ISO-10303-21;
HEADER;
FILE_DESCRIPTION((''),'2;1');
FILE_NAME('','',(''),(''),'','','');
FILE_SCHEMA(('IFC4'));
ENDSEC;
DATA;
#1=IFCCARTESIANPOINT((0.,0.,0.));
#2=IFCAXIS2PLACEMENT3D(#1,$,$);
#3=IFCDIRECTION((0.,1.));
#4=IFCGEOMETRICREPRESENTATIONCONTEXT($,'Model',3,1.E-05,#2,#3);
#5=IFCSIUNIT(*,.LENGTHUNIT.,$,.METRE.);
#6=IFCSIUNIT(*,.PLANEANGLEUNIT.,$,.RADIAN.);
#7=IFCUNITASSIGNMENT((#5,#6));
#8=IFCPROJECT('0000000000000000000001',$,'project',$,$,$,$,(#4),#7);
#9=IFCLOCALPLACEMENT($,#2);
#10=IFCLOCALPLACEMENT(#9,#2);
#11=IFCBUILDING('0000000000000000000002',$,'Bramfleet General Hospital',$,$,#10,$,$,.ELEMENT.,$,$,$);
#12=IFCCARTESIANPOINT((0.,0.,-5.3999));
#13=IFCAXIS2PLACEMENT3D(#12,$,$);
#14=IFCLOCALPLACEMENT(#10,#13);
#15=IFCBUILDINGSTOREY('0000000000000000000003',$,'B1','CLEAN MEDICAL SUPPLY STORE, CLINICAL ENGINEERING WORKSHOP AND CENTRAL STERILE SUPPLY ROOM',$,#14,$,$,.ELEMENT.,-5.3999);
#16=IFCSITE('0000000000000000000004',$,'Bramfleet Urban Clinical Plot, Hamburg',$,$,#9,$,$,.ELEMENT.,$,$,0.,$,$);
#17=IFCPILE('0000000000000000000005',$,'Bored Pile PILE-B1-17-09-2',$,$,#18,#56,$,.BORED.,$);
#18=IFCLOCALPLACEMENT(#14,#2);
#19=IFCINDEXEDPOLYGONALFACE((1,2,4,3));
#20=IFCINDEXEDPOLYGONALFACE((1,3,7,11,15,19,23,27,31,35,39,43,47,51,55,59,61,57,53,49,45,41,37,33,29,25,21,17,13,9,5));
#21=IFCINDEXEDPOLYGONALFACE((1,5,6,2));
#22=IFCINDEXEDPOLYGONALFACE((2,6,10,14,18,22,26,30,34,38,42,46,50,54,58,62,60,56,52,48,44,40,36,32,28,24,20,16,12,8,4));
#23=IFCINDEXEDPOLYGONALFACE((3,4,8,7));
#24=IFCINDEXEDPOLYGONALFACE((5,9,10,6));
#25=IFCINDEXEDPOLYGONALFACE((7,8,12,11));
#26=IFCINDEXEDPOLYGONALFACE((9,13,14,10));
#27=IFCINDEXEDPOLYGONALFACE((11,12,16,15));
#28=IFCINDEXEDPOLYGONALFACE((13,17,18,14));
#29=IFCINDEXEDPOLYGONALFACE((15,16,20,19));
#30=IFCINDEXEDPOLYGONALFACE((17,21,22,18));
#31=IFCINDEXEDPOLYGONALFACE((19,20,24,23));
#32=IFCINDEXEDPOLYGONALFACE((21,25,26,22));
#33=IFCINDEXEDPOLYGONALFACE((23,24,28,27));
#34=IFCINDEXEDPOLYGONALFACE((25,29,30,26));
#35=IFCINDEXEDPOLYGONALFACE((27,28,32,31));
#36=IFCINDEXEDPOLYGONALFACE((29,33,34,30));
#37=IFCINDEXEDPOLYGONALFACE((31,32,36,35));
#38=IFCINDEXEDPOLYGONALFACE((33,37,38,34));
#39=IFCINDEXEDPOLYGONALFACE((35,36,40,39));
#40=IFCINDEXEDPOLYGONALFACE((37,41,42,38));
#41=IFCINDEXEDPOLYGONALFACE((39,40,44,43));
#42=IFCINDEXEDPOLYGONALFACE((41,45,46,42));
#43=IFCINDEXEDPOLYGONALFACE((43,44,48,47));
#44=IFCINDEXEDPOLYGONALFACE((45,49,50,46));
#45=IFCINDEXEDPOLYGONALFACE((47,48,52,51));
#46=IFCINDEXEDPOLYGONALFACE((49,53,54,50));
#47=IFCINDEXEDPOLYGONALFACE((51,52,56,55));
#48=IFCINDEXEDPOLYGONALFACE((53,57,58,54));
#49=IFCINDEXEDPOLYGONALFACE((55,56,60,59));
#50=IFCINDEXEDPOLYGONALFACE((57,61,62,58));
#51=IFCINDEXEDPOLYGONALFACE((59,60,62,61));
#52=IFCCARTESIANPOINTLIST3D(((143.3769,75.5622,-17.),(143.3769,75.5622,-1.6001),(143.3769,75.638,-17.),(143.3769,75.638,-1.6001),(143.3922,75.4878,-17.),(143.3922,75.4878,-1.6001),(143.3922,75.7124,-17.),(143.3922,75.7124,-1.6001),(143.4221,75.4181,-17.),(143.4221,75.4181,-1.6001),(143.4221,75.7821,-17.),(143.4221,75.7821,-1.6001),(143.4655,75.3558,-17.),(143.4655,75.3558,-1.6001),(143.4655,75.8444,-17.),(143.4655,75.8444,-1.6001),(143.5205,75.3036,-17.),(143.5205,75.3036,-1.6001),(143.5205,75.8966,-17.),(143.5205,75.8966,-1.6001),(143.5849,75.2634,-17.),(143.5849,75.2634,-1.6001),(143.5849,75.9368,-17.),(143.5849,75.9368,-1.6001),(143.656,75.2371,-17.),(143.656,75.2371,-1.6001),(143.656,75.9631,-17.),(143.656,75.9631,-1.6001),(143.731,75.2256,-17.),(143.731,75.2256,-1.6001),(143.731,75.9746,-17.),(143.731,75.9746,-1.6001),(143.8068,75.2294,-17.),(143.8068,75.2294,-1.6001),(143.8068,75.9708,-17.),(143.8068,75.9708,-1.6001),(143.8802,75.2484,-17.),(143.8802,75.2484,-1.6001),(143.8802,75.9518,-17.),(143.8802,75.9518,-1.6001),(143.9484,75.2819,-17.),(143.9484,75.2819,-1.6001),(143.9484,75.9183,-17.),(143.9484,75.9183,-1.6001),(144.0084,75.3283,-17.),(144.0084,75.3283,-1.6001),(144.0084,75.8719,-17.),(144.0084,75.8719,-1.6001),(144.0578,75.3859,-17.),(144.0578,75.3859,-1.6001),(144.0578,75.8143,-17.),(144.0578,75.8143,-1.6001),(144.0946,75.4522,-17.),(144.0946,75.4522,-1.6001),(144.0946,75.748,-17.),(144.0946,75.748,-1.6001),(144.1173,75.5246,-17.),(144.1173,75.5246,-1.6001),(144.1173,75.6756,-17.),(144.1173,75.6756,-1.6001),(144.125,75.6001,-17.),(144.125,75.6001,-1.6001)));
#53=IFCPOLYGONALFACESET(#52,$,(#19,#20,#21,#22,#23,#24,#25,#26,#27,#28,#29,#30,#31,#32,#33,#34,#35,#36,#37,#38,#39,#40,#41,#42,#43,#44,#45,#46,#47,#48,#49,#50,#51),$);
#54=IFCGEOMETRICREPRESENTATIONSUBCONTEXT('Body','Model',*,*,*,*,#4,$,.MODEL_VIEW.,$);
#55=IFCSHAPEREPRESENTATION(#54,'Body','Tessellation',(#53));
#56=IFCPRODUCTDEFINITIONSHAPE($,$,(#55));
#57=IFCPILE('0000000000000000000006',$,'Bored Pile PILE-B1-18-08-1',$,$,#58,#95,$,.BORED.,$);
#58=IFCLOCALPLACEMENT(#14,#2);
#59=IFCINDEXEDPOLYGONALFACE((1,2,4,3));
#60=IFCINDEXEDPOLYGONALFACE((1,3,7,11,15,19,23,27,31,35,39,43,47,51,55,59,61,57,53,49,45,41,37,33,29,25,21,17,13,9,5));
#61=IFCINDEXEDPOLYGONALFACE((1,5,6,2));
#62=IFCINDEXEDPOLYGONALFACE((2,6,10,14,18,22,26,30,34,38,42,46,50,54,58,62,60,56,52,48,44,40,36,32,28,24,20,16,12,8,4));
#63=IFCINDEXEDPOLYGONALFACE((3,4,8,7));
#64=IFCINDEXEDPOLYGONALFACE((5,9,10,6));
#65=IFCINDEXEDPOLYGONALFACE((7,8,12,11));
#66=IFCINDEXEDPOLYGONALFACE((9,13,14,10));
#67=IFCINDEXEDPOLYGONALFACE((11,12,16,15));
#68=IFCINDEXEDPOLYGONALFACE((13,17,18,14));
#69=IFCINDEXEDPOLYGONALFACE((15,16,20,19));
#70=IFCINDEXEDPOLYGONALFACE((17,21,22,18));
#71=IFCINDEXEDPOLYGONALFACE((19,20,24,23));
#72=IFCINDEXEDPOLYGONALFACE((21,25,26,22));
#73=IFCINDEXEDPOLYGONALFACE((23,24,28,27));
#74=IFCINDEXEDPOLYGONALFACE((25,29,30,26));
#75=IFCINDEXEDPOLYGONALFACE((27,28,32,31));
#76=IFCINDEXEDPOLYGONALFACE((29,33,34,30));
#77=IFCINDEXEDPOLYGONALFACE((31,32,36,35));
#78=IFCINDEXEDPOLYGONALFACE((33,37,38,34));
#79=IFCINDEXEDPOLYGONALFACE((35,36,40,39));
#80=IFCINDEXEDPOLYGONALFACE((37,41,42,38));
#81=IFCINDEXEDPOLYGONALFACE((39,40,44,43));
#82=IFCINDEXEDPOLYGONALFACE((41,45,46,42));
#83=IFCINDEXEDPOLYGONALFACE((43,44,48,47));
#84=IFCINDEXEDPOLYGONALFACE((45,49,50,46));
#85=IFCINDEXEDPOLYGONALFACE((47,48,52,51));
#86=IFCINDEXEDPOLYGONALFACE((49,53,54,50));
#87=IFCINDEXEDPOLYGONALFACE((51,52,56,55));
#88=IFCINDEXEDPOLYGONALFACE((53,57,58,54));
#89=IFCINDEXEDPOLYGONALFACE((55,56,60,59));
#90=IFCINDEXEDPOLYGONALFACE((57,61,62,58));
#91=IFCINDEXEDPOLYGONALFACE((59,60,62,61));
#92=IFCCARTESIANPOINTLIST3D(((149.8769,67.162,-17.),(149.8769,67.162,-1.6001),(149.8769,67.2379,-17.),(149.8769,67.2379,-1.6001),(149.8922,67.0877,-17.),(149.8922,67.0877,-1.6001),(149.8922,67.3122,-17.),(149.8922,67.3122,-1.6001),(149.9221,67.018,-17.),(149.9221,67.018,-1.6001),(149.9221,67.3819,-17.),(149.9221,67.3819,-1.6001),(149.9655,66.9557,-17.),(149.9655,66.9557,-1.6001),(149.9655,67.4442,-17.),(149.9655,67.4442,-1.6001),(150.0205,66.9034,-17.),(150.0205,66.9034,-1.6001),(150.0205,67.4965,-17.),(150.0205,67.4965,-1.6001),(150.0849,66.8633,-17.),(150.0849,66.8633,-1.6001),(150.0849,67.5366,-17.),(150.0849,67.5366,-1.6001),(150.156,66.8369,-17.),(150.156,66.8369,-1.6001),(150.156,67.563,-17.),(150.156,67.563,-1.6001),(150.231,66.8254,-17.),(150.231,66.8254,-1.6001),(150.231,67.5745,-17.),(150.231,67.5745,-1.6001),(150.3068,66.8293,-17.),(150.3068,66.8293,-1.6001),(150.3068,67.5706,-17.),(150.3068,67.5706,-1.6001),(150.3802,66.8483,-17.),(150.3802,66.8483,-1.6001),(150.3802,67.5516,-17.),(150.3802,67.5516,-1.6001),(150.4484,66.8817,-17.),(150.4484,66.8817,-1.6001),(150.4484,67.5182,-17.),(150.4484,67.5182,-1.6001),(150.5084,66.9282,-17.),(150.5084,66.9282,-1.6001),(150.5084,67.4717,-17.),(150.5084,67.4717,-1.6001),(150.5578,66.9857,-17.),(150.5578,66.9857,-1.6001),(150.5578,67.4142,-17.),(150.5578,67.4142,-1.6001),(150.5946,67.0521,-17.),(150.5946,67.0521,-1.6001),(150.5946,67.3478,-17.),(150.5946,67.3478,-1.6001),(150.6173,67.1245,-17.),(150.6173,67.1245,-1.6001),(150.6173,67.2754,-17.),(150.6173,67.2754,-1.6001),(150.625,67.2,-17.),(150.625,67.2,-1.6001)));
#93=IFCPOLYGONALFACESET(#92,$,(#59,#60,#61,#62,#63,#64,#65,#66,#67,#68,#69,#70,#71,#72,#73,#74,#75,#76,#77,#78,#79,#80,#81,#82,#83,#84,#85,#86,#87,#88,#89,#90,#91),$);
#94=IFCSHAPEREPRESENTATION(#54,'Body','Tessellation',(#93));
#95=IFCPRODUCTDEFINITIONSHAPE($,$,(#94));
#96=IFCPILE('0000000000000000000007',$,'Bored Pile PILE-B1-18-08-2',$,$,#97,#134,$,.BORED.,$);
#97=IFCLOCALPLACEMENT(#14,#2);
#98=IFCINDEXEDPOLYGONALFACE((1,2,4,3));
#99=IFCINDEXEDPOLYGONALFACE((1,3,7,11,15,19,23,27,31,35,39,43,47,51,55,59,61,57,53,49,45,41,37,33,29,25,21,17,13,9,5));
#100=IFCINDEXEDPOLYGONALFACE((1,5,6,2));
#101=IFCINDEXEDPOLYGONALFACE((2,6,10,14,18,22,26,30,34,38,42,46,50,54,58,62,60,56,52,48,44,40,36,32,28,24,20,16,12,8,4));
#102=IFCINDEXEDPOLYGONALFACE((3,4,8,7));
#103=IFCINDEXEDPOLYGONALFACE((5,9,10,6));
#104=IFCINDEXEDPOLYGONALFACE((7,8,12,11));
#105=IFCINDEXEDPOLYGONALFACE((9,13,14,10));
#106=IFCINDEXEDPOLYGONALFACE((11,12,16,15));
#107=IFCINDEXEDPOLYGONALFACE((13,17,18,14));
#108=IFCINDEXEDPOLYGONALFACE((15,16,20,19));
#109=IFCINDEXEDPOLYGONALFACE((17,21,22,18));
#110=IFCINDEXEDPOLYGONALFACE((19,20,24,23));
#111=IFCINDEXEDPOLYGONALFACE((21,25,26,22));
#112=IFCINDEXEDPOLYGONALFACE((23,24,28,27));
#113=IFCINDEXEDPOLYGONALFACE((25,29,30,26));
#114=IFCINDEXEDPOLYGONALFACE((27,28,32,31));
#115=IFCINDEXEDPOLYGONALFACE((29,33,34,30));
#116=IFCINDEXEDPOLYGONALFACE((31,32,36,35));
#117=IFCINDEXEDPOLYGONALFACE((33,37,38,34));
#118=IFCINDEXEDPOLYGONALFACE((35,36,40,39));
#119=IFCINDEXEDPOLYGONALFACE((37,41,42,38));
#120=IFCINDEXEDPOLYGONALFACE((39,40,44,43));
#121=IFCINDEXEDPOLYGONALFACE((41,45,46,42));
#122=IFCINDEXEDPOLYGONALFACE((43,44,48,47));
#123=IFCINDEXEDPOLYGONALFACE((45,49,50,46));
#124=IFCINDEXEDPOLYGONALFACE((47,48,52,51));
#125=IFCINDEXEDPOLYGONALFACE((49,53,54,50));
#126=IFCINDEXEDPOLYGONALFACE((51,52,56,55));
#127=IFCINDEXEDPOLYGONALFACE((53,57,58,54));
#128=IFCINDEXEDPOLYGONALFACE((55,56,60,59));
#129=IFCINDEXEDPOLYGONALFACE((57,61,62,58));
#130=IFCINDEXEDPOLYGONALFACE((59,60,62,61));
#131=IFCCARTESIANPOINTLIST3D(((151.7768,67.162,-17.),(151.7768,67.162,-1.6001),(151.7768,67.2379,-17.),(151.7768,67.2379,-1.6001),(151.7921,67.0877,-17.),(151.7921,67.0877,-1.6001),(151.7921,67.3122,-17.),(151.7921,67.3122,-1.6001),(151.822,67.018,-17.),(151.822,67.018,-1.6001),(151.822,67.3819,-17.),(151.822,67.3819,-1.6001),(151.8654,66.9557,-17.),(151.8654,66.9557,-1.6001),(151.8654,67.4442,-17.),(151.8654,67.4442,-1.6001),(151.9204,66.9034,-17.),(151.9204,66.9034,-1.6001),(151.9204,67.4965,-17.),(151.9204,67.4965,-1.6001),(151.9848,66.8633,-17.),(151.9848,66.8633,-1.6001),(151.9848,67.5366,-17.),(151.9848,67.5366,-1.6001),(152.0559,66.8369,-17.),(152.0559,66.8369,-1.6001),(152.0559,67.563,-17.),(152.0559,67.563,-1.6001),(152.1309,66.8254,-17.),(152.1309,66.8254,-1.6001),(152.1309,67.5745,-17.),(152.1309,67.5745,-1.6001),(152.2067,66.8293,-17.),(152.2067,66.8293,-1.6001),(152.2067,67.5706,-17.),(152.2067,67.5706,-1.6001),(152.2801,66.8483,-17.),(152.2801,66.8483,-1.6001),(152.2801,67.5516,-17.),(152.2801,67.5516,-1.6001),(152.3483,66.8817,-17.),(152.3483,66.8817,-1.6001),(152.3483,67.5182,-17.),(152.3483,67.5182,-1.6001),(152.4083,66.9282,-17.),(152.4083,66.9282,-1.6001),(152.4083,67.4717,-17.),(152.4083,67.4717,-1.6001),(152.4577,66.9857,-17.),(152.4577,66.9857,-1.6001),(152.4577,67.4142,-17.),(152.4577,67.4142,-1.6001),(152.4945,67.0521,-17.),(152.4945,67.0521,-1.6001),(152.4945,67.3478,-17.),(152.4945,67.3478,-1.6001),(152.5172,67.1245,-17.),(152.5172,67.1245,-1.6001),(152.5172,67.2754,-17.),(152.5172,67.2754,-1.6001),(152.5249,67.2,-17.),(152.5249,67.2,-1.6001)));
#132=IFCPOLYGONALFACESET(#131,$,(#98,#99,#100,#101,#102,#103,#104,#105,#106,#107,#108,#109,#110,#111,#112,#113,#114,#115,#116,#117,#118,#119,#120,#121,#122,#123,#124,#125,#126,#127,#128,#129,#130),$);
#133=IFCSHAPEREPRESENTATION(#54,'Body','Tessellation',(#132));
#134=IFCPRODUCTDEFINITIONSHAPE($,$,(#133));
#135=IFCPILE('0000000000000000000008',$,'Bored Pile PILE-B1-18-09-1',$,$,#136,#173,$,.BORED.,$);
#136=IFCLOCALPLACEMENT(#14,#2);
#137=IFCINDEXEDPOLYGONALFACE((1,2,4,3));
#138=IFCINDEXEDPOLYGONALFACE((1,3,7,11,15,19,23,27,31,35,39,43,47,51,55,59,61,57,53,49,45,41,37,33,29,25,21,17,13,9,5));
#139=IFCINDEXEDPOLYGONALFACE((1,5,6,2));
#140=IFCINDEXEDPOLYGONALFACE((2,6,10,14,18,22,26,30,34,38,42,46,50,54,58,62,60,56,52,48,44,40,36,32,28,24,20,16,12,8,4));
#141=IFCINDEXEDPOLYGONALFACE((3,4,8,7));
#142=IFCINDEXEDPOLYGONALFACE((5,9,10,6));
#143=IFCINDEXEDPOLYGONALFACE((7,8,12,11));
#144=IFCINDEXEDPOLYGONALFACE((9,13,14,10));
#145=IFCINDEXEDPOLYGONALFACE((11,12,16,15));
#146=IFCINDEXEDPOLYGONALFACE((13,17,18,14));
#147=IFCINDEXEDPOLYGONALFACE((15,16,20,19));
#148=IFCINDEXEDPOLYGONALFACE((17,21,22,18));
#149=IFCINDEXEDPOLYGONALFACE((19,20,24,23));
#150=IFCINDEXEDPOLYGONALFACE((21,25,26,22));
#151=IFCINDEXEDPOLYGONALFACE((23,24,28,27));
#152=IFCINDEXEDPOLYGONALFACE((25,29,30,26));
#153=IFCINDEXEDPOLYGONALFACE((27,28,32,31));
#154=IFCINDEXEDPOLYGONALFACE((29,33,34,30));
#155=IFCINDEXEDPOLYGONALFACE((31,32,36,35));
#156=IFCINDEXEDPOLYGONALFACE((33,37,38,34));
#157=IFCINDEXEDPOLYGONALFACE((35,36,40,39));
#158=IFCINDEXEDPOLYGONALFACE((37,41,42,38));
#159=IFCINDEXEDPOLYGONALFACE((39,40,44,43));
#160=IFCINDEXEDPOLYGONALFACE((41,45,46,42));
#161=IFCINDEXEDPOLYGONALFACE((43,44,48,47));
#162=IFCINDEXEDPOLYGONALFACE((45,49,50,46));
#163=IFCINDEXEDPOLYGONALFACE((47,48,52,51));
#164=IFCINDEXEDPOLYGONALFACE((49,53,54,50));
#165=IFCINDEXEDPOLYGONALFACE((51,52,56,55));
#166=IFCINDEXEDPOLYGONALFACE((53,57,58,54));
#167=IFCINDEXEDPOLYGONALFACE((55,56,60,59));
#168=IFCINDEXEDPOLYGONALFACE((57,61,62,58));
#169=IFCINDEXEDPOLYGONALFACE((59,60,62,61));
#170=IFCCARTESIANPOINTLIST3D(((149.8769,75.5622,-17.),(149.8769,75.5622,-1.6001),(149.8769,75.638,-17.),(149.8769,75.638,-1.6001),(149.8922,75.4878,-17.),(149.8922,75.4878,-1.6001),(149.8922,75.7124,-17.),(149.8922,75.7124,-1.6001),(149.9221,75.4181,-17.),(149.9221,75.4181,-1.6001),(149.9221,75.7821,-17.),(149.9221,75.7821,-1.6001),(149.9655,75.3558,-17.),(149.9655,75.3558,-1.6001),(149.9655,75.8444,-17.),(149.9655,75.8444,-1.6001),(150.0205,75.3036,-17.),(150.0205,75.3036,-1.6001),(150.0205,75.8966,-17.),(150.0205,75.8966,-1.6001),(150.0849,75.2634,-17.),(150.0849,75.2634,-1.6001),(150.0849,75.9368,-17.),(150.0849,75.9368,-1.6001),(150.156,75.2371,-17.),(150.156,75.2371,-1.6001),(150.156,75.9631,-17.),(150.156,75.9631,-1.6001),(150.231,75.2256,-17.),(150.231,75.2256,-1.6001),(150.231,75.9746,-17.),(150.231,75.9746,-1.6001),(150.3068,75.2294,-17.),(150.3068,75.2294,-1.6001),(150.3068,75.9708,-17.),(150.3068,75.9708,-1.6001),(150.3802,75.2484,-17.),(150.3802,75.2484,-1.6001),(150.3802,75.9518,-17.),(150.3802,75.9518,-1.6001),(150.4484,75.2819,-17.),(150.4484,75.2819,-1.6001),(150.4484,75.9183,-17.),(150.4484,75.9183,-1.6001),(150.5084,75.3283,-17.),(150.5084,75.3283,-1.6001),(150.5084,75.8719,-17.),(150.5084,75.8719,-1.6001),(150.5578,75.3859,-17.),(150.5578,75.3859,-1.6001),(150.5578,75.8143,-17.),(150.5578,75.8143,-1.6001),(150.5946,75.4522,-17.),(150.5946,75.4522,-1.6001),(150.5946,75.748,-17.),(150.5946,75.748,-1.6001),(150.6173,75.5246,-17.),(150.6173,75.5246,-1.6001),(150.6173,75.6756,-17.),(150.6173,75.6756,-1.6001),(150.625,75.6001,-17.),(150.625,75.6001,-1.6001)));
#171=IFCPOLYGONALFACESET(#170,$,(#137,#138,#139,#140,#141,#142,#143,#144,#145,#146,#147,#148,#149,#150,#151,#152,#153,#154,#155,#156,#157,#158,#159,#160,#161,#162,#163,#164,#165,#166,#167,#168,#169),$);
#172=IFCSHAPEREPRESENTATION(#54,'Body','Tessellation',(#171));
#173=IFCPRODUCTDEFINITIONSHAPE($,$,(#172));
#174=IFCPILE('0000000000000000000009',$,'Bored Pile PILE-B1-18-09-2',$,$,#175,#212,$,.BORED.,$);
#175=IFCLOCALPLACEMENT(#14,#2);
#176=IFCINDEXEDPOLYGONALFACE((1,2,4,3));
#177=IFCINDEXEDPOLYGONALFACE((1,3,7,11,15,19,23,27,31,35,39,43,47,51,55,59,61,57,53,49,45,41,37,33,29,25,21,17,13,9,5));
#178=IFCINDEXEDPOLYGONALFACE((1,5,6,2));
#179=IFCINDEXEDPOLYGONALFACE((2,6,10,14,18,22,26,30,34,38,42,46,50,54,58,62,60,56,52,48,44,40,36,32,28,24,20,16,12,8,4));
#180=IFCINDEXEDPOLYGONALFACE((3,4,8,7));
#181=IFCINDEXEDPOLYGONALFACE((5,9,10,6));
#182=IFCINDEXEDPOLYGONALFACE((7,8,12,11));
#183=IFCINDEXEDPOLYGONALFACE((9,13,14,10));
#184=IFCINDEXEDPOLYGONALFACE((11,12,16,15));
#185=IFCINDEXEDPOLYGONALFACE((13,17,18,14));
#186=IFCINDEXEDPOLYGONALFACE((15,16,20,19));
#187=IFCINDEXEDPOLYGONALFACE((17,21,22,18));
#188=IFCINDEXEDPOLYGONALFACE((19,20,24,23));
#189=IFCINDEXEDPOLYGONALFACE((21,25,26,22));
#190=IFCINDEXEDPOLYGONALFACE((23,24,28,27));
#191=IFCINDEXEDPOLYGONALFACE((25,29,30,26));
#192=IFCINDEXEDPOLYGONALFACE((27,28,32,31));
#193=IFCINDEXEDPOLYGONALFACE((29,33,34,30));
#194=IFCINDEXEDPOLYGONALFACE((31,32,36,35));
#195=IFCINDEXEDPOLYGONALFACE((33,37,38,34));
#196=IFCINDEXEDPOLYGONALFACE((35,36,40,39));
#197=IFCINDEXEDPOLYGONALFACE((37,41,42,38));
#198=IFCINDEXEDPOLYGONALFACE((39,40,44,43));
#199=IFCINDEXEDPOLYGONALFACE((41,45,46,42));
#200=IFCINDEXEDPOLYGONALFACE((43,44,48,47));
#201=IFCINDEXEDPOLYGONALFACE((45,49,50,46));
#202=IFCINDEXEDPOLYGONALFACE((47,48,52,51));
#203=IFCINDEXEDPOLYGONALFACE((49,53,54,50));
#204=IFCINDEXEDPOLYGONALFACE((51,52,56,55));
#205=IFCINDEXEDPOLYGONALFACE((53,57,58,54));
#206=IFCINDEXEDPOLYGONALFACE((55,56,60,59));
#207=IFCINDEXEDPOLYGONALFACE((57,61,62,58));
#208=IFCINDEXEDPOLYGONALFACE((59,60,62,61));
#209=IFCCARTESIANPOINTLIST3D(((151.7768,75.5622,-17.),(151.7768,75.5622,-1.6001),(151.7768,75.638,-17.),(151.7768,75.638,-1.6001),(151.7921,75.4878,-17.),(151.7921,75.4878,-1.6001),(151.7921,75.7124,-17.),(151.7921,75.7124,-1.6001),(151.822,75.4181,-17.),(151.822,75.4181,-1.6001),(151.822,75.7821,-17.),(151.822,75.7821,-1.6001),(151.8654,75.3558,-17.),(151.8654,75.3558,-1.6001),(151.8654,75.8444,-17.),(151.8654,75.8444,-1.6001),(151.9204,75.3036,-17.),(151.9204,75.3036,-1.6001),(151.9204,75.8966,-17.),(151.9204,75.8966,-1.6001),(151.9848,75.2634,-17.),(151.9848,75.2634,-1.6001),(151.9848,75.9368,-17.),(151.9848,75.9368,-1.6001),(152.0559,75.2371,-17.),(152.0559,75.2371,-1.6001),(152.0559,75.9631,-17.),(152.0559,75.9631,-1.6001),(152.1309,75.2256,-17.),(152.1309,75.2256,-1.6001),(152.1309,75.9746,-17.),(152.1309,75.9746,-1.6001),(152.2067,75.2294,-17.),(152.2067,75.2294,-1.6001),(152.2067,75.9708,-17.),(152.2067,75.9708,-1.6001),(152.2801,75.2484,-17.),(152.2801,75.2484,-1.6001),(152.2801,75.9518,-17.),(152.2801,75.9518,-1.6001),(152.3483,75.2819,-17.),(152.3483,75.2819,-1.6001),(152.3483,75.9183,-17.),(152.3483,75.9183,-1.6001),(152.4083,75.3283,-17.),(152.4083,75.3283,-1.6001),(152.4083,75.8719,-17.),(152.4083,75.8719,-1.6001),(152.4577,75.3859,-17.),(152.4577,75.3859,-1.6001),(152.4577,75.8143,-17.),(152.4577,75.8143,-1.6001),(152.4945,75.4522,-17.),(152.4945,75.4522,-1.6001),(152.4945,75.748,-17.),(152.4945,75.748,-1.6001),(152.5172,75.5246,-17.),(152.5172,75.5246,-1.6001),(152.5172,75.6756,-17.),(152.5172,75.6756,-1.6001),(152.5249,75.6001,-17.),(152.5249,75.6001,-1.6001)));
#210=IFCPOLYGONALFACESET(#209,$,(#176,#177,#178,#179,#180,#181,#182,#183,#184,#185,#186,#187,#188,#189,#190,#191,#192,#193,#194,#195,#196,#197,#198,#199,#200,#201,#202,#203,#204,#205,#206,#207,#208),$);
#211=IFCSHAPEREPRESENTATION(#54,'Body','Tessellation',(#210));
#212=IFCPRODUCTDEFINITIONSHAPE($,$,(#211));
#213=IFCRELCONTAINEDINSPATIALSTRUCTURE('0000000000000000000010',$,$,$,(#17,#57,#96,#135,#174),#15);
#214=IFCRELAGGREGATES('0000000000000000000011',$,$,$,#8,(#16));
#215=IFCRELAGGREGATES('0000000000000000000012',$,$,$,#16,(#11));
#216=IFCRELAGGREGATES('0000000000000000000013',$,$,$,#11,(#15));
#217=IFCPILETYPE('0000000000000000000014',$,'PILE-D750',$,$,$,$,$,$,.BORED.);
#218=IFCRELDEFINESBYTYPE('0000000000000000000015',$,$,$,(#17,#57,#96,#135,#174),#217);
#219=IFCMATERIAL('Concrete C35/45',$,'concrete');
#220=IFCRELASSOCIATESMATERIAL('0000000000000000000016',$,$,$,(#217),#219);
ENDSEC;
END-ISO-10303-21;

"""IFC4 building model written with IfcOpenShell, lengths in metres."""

from ifc_helpers import new_model, si_unit, direction, frame, origin, origin_2d, place, context, subcontext, project, spatial, circle, extrude, material, material_profile, profile_set, type_object, element, save


model = new_model("IFC4")

# Units and contexts
model_context = context("Model", 3, precision=1e-05, world=origin(), true_north=direction((0.0, 1.0)))
body_context = subcontext(model_context, "Body", "Model", "MODEL_VIEW")
ifc_project = project(units=[si_unit("LENGTHUNIT", "METRE"), si_unit("PLANEANGLEUNIT", "RADIAN")], contexts=[model_context])

# Site, building, storey
site_placement = place(None, origin())
site = spatial("IfcSite", under=ifc_project, at=site_placement, Name="Bramfleet Urban Clinical Plot, Hamburg", CompositionType="ELEMENT", RefElevation=0.0)
building_placement = place(site_placement, origin())
building = spatial("IfcBuilding", under=site, at=building_placement, Name="Bramfleet General Hospital", CompositionType="ELEMENT")
storey_placement = place(building_placement, frame((0.0, 0.0, -5.3999)))
storey = spatial("IfcBuildingStorey", under=building, at=storey_placement, Name="B1", Description="CLEAN MEDICAL SUPPLY STORE, CLINICAL ENGINEERING WORKSHOP AND CENTRAL STERILE SUPPLY ROOM", CompositionType="ELEMENT", Elevation=-5.3999)

# Shared definitions
ifc_material_1 = material(Name="Concrete C35/45", Category="concrete")

# Piles
ifc_material_profile_1 = material_profile(ifc_material_1, circle(Radius=0.375, at=origin_2d()), Name="PILE BORED D750")
ifc_profile_set_1 = profile_set([ifc_material_profile_1], Name="Concrete C35/45")
pile_type = type_object("IfcPileType", Name="PILE-D750", PredefinedType="BORED", material=ifc_profile_set_1)
for number, where, z_axis, x_axis, name in (
    (1, (143.75, 75.6001, -1.6001), (0.0, 0.0, -1.0), (1.0, 0.0, 0.0), "Bored Pile PILE-B1-17-09-2"),
    (2, (150.25, 67.2, -1.6001), (0.0, 0.0, -1.0), (1.0, 0.0, 0.0), "Bored Pile PILE-B1-18-08-1"),
    (3, (152.1499, 67.2, -1.6001), (0.0, 0.0, -1.0), (1.0, 0.0, 0.0), "Bored Pile PILE-B1-18-08-2"),
    (4, (150.25, 75.6001, -1.6001), (0.0, 0.0, -1.0), (1.0, 0.0, 0.0), "Bored Pile PILE-B1-18-09-1"),
    (5, (152.1499, 75.6001, -1.6001), (0.0, 0.0, -1.0), (1.0, 0.0, 0.0), "Bored Pile PILE-B1-18-09-2"),
):
    element("IfcPile", number, at=place(storey_placement, frame(where, z_axis=z_axis, x_axis=x_axis)), inside=storey, type_object=pile_type, Name=name, PredefinedType="BORED", context=body_context, shape_type="SweptSolid", body=[
        extrude(circle(Radius=0.375, at=origin_2d()), origin(), (0.0, 0.0, 1.0), 15.3999),
    ])

save(model, "model.ifc")
